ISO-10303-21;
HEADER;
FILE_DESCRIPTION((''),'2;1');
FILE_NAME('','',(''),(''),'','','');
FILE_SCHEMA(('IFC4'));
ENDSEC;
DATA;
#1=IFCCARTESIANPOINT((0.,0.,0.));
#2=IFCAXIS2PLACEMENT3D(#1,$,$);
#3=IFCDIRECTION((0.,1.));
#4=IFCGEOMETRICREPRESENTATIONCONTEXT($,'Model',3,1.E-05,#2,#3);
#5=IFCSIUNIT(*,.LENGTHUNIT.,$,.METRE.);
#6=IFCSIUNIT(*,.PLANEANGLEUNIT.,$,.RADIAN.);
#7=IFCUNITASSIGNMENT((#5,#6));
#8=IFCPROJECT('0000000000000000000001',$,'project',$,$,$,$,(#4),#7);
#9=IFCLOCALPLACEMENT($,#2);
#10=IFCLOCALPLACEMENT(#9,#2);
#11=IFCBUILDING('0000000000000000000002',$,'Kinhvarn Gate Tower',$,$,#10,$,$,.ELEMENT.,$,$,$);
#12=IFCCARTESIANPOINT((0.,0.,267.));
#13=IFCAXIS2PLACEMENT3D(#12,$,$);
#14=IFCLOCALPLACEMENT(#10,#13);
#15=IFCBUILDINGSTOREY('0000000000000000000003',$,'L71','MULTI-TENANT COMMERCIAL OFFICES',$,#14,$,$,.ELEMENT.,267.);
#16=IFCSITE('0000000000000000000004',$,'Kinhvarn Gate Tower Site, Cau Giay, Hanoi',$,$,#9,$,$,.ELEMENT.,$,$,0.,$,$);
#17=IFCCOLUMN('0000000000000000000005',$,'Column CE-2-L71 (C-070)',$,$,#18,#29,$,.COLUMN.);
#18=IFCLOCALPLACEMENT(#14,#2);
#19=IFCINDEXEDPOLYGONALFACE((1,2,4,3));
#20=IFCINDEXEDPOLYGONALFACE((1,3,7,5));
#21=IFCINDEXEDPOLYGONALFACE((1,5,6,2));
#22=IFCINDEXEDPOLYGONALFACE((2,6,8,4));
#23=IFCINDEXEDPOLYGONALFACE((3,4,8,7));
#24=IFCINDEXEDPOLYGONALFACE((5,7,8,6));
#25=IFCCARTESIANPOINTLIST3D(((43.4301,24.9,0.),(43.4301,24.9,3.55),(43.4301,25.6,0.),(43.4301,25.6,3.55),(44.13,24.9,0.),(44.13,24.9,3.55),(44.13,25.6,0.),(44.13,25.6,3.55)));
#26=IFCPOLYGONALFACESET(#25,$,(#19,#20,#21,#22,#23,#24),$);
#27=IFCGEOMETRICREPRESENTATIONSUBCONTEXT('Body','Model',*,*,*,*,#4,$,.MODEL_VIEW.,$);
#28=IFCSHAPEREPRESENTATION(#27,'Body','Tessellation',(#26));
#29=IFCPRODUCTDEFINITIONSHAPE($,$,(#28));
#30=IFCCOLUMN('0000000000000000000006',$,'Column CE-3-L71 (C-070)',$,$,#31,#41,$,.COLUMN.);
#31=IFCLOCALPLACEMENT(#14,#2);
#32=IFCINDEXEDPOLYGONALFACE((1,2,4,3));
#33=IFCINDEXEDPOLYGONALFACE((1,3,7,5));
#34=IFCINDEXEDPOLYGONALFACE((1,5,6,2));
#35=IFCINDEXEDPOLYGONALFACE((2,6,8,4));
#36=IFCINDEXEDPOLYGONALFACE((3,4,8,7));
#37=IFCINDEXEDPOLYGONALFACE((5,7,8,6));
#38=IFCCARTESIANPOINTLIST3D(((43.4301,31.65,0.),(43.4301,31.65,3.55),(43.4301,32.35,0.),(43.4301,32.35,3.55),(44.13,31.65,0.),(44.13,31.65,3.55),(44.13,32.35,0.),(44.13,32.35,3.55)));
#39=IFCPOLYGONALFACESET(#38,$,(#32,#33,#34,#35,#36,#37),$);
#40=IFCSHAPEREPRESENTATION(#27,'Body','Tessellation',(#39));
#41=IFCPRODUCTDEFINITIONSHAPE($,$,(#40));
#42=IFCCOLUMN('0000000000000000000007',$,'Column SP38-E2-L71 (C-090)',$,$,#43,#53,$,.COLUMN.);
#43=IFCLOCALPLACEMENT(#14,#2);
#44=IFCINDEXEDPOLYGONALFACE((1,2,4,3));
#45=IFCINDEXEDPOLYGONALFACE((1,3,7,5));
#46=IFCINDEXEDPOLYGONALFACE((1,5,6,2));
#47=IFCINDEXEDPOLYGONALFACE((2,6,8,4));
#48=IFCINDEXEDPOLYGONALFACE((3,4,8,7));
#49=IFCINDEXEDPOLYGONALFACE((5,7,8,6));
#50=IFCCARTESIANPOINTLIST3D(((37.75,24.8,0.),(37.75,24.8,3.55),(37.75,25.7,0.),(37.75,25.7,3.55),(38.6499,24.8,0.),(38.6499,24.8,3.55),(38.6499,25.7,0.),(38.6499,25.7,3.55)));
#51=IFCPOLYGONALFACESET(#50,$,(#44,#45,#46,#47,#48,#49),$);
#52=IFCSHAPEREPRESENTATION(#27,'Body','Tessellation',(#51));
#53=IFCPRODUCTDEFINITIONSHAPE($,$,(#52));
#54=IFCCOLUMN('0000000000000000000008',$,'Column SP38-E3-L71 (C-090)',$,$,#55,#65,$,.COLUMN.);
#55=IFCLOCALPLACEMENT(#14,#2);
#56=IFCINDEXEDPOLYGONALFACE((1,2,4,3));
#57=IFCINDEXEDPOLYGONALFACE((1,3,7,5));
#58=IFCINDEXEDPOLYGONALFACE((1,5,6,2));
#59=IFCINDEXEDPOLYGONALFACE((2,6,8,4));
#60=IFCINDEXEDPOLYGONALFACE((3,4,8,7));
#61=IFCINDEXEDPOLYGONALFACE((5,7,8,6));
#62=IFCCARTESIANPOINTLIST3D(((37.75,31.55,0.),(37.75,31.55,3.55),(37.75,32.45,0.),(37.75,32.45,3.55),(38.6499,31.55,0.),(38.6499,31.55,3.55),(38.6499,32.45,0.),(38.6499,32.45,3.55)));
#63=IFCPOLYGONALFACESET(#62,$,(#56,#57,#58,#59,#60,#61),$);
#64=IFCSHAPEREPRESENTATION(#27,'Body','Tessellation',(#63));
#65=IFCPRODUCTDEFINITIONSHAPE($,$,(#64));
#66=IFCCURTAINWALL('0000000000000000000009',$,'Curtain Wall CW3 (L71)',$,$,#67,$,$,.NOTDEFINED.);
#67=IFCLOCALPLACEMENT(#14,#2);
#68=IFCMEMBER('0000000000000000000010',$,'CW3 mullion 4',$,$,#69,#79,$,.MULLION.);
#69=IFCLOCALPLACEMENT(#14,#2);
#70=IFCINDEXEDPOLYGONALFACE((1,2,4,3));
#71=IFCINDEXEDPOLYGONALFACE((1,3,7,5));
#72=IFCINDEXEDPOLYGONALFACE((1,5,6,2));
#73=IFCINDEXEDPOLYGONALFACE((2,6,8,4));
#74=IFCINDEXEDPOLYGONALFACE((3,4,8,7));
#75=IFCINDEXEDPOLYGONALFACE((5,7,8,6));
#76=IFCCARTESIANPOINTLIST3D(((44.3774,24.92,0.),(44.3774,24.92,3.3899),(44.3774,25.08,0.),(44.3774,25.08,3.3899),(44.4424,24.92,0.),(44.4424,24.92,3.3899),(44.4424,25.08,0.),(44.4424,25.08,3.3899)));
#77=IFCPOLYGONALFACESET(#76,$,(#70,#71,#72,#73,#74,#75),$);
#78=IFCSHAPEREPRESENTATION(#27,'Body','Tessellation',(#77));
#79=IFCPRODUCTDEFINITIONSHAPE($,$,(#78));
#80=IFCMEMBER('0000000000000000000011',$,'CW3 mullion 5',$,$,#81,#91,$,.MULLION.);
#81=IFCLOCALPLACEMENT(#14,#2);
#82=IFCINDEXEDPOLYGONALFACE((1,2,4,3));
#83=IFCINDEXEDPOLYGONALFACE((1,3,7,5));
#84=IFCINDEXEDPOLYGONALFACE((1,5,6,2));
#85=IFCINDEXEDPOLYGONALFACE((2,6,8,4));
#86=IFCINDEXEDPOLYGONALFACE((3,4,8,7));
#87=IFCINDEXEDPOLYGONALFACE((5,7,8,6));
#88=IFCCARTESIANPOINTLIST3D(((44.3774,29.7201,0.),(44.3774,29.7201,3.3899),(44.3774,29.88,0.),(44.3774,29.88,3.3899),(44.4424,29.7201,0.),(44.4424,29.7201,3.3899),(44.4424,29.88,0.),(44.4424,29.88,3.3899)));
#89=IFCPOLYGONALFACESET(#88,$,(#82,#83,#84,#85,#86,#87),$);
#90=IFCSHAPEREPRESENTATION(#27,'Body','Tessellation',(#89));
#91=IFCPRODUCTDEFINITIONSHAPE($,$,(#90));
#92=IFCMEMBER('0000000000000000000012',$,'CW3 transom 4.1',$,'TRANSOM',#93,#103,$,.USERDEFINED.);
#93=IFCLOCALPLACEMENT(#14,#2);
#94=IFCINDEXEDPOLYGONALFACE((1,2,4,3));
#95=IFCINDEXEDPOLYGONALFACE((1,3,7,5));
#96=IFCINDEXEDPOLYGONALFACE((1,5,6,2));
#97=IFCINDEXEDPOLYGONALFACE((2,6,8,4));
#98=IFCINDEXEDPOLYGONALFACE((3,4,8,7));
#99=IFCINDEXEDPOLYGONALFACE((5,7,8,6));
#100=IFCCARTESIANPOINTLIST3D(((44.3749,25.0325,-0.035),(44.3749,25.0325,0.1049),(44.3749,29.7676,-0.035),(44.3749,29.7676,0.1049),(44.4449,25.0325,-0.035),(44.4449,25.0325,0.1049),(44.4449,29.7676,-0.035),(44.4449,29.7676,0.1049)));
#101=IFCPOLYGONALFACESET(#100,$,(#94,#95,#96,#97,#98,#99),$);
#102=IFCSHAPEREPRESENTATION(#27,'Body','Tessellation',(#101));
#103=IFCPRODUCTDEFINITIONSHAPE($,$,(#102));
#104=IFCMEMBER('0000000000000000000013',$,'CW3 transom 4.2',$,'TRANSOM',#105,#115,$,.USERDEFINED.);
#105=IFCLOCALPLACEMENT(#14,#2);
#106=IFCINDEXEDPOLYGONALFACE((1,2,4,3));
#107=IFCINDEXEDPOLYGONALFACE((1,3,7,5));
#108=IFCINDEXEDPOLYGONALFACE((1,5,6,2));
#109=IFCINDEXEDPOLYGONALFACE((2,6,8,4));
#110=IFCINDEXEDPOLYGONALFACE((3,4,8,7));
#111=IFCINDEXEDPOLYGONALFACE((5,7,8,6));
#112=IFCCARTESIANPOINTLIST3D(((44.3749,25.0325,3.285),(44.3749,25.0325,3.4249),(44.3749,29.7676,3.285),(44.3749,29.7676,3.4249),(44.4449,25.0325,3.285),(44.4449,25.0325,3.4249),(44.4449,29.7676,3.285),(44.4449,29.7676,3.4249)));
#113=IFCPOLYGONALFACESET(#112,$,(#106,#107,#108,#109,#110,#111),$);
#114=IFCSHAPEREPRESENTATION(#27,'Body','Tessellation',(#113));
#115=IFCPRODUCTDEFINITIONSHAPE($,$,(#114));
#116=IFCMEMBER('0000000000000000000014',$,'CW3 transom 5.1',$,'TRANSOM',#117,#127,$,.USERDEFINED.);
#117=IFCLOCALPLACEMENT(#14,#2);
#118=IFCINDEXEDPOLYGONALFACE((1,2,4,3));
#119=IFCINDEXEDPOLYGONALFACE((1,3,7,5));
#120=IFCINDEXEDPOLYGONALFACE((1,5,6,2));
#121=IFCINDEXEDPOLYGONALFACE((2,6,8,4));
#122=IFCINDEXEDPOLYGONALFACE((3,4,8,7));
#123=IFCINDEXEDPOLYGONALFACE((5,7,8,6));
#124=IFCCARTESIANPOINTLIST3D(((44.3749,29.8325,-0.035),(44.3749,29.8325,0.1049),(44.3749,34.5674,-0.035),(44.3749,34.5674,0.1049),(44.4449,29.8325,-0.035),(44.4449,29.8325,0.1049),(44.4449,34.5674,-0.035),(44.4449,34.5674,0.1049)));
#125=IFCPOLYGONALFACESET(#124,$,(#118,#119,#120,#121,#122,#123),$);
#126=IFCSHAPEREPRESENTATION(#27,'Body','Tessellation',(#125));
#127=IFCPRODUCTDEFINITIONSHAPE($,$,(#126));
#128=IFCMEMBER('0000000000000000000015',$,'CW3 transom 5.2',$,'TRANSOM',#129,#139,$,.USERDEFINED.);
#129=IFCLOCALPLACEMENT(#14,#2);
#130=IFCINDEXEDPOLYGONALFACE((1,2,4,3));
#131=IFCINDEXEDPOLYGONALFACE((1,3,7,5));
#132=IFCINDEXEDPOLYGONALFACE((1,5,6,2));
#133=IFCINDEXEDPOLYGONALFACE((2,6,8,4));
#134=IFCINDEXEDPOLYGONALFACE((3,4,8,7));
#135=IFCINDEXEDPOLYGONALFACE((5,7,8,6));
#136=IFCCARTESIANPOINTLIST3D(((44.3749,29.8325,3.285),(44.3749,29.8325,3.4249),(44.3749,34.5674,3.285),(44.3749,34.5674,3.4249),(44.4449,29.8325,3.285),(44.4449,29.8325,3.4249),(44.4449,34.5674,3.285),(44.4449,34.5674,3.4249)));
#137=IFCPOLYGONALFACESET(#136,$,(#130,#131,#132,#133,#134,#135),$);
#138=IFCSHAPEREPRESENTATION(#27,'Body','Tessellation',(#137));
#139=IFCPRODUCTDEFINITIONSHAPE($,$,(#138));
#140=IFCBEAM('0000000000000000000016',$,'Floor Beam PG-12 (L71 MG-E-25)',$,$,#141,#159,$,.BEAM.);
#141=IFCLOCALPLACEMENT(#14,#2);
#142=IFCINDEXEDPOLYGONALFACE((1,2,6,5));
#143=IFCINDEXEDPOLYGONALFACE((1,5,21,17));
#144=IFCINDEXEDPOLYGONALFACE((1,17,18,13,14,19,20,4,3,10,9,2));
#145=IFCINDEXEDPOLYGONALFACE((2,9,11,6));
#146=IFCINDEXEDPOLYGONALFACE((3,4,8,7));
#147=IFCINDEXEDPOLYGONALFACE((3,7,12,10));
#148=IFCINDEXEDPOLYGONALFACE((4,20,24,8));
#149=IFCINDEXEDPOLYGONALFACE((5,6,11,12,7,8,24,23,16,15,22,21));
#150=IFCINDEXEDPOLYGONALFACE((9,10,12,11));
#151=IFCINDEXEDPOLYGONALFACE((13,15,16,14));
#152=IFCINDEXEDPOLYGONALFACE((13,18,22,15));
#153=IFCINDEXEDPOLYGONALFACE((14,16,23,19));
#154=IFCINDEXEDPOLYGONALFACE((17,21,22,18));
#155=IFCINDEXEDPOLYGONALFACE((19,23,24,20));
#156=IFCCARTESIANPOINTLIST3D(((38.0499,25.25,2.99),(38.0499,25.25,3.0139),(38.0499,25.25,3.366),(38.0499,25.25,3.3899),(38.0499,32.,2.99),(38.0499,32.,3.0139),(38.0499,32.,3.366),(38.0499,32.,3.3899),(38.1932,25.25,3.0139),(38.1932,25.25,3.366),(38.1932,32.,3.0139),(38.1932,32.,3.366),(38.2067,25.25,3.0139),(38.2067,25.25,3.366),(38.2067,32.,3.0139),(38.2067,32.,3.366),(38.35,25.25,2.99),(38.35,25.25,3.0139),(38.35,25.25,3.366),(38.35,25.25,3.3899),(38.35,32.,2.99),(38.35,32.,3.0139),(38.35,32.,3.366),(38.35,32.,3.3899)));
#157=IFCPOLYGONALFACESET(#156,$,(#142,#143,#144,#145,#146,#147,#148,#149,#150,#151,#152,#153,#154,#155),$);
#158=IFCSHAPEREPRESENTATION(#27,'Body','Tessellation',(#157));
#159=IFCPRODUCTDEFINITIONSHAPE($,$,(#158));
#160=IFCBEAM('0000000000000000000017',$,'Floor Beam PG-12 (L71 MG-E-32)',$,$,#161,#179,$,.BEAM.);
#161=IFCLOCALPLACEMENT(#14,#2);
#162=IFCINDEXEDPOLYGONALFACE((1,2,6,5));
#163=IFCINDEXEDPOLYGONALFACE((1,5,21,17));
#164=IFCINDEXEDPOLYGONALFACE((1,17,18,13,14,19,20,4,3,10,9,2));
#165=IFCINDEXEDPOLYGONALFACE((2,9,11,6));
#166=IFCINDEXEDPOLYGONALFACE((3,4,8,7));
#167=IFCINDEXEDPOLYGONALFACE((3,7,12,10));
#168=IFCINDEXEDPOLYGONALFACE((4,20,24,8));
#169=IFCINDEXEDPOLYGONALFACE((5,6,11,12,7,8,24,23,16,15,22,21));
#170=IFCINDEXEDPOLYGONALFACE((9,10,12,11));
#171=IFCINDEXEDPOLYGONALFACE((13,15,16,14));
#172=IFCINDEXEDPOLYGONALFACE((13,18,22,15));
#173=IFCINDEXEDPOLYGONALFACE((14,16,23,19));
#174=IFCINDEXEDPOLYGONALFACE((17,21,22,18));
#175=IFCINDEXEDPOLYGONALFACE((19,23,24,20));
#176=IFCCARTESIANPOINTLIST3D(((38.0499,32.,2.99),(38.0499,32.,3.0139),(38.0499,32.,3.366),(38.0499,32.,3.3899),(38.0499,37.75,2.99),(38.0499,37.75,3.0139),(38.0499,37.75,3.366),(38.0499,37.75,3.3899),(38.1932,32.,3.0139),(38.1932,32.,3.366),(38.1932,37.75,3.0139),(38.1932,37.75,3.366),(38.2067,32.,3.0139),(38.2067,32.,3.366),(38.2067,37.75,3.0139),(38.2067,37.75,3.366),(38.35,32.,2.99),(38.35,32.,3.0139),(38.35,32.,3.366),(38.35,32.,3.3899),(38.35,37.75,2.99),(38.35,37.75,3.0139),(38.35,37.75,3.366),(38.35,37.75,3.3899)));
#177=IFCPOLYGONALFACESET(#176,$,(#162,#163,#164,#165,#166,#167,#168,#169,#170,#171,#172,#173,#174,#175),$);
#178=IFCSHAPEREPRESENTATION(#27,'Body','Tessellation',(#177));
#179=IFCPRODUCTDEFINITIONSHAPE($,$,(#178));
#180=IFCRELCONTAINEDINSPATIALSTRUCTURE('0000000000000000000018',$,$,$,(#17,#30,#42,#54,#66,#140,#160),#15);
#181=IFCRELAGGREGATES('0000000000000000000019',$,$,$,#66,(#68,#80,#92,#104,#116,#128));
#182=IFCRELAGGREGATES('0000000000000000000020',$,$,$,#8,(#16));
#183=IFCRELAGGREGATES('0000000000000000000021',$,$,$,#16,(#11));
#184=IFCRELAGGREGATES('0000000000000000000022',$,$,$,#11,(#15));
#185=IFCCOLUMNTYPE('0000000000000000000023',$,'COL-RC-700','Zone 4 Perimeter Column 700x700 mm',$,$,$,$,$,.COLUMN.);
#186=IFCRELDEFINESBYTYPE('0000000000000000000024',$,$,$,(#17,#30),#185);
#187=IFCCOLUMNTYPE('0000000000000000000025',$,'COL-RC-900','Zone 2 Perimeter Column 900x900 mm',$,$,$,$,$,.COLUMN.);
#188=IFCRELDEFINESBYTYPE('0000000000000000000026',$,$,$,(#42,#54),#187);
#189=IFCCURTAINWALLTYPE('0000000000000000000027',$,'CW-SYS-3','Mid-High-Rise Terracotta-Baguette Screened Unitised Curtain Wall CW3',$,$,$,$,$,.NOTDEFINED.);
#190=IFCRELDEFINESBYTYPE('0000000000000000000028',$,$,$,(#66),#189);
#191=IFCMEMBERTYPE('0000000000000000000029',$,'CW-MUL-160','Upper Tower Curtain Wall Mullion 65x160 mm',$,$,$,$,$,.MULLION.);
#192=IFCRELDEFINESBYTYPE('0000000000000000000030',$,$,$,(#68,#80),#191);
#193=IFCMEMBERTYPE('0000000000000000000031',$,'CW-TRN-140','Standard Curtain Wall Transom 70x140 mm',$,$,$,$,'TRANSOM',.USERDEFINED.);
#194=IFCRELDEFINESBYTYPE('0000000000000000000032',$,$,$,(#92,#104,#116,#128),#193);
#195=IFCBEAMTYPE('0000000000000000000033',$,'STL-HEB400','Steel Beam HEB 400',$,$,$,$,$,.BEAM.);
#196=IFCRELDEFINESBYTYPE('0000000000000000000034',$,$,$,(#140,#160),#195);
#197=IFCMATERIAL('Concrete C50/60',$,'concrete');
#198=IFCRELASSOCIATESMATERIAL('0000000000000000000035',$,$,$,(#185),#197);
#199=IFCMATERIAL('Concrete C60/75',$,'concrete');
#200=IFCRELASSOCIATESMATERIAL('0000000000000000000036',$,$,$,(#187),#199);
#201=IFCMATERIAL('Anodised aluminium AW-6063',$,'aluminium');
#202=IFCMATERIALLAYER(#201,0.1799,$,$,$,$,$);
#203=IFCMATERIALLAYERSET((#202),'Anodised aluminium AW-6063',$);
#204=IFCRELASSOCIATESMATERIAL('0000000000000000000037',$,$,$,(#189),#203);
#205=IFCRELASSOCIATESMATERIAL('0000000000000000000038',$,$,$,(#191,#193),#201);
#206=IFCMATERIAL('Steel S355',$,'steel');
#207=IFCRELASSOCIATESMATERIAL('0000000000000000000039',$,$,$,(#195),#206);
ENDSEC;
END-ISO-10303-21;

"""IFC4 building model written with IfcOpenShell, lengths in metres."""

from ifc_helpers import new_model, si_unit, direction, frame, origin, origin_2d, place, context, subcontext, project, spatial, rectangle, i_section, extrude, material, layer, layer_set, material_profile, profile_set, type_object, element, aggregate, save


model = new_model("IFC4")

# Units and contexts
model_context = context("Model", 3, precision=1e-05, world=origin(), true_north=direction((0.0, 1.0)))
body_context = subcontext(model_context, "Body", "Model", "MODEL_VIEW")
ifc_project = project(units=[si_unit("LENGTHUNIT", "METRE"), si_unit("PLANEANGLEUNIT", "RADIAN")], contexts=[model_context])

# Site, building, storey
site_placement = place(None, origin())
site = spatial("IfcSite", under=ifc_project, at=site_placement, Name="Kinhvarn Gate Tower Site, Cau Giay, Hanoi", CompositionType="ELEMENT", RefElevation=0.0)
building_placement = place(site_placement, origin())
building = spatial("IfcBuilding", under=site, at=building_placement, Name="Kinhvarn Gate Tower", CompositionType="ELEMENT")
storey_placement = place(building_placement, frame((0.0, 0.0, 267.0)))
storey = spatial("IfcBuildingStorey", under=building, at=storey_placement, Name="L71", Description="MULTI-TENANT COMMERCIAL OFFICES", CompositionType="ELEMENT", Elevation=267.0)

# Columns
ifc_material_1 = material(Name="Concrete C50/60", Category="concrete")
ifc_material_profile_1 = material_profile(ifc_material_1, rectangle(XDim=0.7, YDim=0.7, at=origin_2d()), Name="RC 700x700")
ifc_profile_set_1 = profile_set([ifc_material_profile_1], Name="Concrete C50/60")
column_type_1 = type_object("IfcColumnType", Name="COL-RC-700", Description="Zone 4 Perimeter Column 700x700 mm", PredefinedType="COLUMN", material=ifc_profile_set_1)
for number, where, z_axis, x_axis, name in (
    (1, (43.78, 25.25, 0.0), (0.0, 0.0, 1.0), (1.0, 0.0, 0.0), "Column CE-2-L71 (C-070)"),
    (2, (43.78, 32.0, 0.0), (0.0, 0.0, 1.0), (1.0, 0.0, 0.0), "Column CE-3-L71 (C-070)"),
):
    element("IfcColumn", number, at=place(storey_placement, frame(where, z_axis=z_axis, x_axis=x_axis)), inside=storey, type_object=column_type_1, Name=name, PredefinedType="COLUMN", context=body_context, shape_type="SweptSolid", body=[
        extrude(rectangle(XDim=0.7, YDim=0.7, at=origin_2d()), origin(), (0.0, 0.0, 1.0), 3.55),
    ])
ifc_material_2 = material(Name="Concrete C60/75", Category="concrete")
ifc_material_profile_2 = material_profile(ifc_material_2, rectangle(XDim=0.8999, YDim=0.8999, at=origin_2d()), Name="RC 900x900")
ifc_profile_set_2 = profile_set([ifc_material_profile_2], Name="Concrete C60/75")
column_type_2 = type_object("IfcColumnType", Name="COL-RC-900", Description="Zone 2 Perimeter Column 900x900 mm", PredefinedType="COLUMN", material=ifc_profile_set_2)
for number, where, z_axis, x_axis, name in (
    (3, (38.2, 25.25, 0.0), (0.0, 0.0, 1.0), (1.0, 0.0, 0.0), "Column SP38-E2-L71 (C-090)"),
    (4, (38.2, 32.0, 0.0), (0.0, 0.0, 1.0), (1.0, 0.0, 0.0), "Column SP38-E3-L71 (C-090)"),
):
    element("IfcColumn", number, at=place(storey_placement, frame(where, z_axis=z_axis, x_axis=x_axis)), inside=storey, type_object=column_type_2, Name=name, PredefinedType="COLUMN", context=body_context, shape_type="SweptSolid", body=[
        extrude(rectangle(XDim=0.8999, YDim=0.8999, at=origin_2d()), origin(), (0.0, 0.0, 1.0), 3.55),
    ])

# Curtain wall, members
ifc_material_3 = material(Name="Anodised aluminium AW-6063", Category="aluminium")
ifc_layer_1 = layer(ifc_material_3, 0.1799)
ifc_layer_set_1 = layer_set([ifc_layer_1], Name="Anodised aluminium AW-6063")
curtain_wall_type = type_object("IfcCurtainWallType", Name="CW-SYS-3", Description="Mid-High-Rise Terracotta-Baguette Screened Unitised Curtain Wall CW3", PredefinedType="NOTDEFINED", material=ifc_layer_set_1)
curtain_wall_placement = place(storey_placement, origin())
curtain_wall = element("IfcCurtainWall", 5, at=curtain_wall_placement, inside=storey, type_object=curtain_wall_type, Name="Curtain Wall CW3 (L71)", PredefinedType="NOTDEFINED")
ifc_material_profile_3 = material_profile(ifc_material_3, rectangle(XDim=0.0649, YDim=0.1599, at=origin_2d()), Name="ALU 65x160")
ifc_profile_set_3 = profile_set([ifc_material_profile_3], Name="Anodised aluminium AW-6063")
member_type_1 = type_object("IfcMemberType", Name="CW-MUL-160", Description="Upper Tower Curtain Wall Mullion 65x160 mm", PredefinedType="MULLION", material=ifc_profile_set_3)
member_1_placement = place(storey_placement, frame((44.4099, 25.0, 0.0), z_axis=(0.0, 0.0, 1.0), x_axis=(-1.0, 0.0, 0.0)))
member_1 = element("IfcMember", 6, at=member_1_placement, type_object=member_type_1, Name="CW3 mullion 4", PredefinedType="MULLION", context=body_context, shape_type="SweptSolid", body=[
    extrude(rectangle(XDim=0.0649, YDim=0.1599, at=origin_2d()), origin(), (0.0, 0.0, 1.0), 3.3899),
])
member_2_placement = place(storey_placement, frame((44.4099, 29.8, 0.0), z_axis=(0.0, 0.0, 1.0), x_axis=(-1.0, 0.0, 0.0)))
member_2 = element("IfcMember", 7, at=member_2_placement, type_object=member_type_1, Name="CW3 mullion 5", PredefinedType="MULLION", context=body_context, shape_type="SweptSolid", body=[
    extrude(rectangle(XDim=0.0649, YDim=0.1599, at=origin_2d()), origin(), (0.0, 0.0, 1.0), 3.3899),
])
ifc_material_profile_4 = material_profile(ifc_material_3, rectangle(XDim=0.0701, YDim=0.1399, at=origin_2d()), Name="ALU 70x140")
ifc_profile_set_4 = profile_set([ifc_material_profile_4], Name="Anodised aluminium AW-6063")
member_type_2 = type_object("IfcMemberType", Name="CW-TRN-140", Description="Standard Curtain Wall Transom 70x140 mm", ElementType="TRANSOM", PredefinedType="USERDEFINED", material=ifc_profile_set_4)
member_3_placement = place(storey_placement, frame((44.4099, 25.0325, 0.0349), z_axis=(0.0, 1.0, 0.0), x_axis=(-1.0, 0.0, 0.0)))
member_3 = element("IfcMember", 8, at=member_3_placement, type_object=member_type_2, Name="CW3 transom 4.1", ObjectType="TRANSOM", PredefinedType="USERDEFINED", context=body_context, shape_type="SweptSolid", body=[
    extrude(rectangle(XDim=0.0701, YDim=0.1399, at=origin_2d()), origin(), (0.0, 0.0, 1.0), 4.7351),
])
member_4_placement = place(storey_placement, frame((44.4099, 25.0325, 3.355), z_axis=(0.0, 1.0, 0.0), x_axis=(-1.0, 0.0, 0.0)))
member_4 = element("IfcMember", 9, at=member_4_placement, type_object=member_type_2, Name="CW3 transom 4.2", ObjectType="TRANSOM", PredefinedType="USERDEFINED", context=body_context, shape_type="SweptSolid", body=[
    extrude(rectangle(XDim=0.0701, YDim=0.1399, at=origin_2d()), origin(), (0.0, 0.0, 1.0), 4.7351),
])
member_5_placement = place(storey_placement, frame((44.4099, 29.8325, 0.0349), z_axis=(0.0, 1.0, 0.0), x_axis=(-1.0, 0.0, 0.0)))
member_5 = element("IfcMember", 10, at=member_5_placement, type_object=member_type_2, Name="CW3 transom 5.1", ObjectType="TRANSOM", PredefinedType="USERDEFINED", context=body_context, shape_type="SweptSolid", body=[
    extrude(rectangle(XDim=0.0701, YDim=0.1399, at=origin_2d()), origin(), (0.0, 0.0, 1.0), 4.7349),
])
member_6_placement = place(storey_placement, frame((44.4099, 29.8325, 3.355), z_axis=(0.0, 1.0, 0.0), x_axis=(-1.0, 0.0, 0.0)))
member_6 = element("IfcMember", 11, at=member_6_placement, type_object=member_type_2, Name="CW3 transom 5.2", ObjectType="TRANSOM", PredefinedType="USERDEFINED", context=body_context, shape_type="SweptSolid", body=[
    extrude(rectangle(XDim=0.0701, YDim=0.1399, at=origin_2d()), origin(), (0.0, 0.0, 1.0), 4.7349),
])

# Beams
ifc_material_4 = material(Name="Steel S355", Category="steel")
ifc_material_profile_5 = material_profile(ifc_material_4, i_section(OverallWidth=0.3, OverallDepth=0.3999, WebThickness=0.0134, FlangeThickness=0.0239, at=origin_2d()), Name="HEB 400")
ifc_profile_set_5 = profile_set([ifc_material_profile_5], Name="Steel S355")
beam_type_1 = type_object("IfcBeamType", Name="STL-HEB400", Description="Steel Beam HEB 400", PredefinedType="BEAM", material=ifc_profile_set_5)
beam_1_placement = place(storey_placement, frame((38.2, 25.25, 3.1899), z_axis=(0.0, 1.0, 0.0), x_axis=(-1.0, 0.0, 0.0)))
element("IfcBeam", 12, at=beam_1_placement, inside=storey, type_object=beam_type_1, Name="Floor Beam PG-12 (L71 MG-E-25)", PredefinedType="BEAM", context=body_context, shape_type="SweptSolid", body=[
    extrude(i_section(OverallWidth=0.3, OverallDepth=0.3999, WebThickness=0.0134, FlangeThickness=0.0239, at=origin_2d()), origin(), (0.0, 0.0, 1.0), 6.75),
])
beam_2_placement = place(storey_placement, frame((38.2, 32.0, 3.1899), z_axis=(0.0, 1.0, 0.0), x_axis=(-1.0, 0.0, 0.0)))
element("IfcBeam", 13, at=beam_2_placement, inside=storey, type_object=beam_type_1, Name="Floor Beam PG-12 (L71 MG-E-32)", PredefinedType="BEAM", context=body_context, shape_type="SweptSolid", body=[
    extrude(i_section(OverallWidth=0.3, OverallDepth=0.3999, WebThickness=0.0134, FlangeThickness=0.0239, at=origin_2d()), origin(), (0.0, 0.0, 1.0), 5.75),
])

aggregate(curtain_wall, [member_1, member_2, member_3, member_4, member_5, member_6])

save(model, "model.ifc")
